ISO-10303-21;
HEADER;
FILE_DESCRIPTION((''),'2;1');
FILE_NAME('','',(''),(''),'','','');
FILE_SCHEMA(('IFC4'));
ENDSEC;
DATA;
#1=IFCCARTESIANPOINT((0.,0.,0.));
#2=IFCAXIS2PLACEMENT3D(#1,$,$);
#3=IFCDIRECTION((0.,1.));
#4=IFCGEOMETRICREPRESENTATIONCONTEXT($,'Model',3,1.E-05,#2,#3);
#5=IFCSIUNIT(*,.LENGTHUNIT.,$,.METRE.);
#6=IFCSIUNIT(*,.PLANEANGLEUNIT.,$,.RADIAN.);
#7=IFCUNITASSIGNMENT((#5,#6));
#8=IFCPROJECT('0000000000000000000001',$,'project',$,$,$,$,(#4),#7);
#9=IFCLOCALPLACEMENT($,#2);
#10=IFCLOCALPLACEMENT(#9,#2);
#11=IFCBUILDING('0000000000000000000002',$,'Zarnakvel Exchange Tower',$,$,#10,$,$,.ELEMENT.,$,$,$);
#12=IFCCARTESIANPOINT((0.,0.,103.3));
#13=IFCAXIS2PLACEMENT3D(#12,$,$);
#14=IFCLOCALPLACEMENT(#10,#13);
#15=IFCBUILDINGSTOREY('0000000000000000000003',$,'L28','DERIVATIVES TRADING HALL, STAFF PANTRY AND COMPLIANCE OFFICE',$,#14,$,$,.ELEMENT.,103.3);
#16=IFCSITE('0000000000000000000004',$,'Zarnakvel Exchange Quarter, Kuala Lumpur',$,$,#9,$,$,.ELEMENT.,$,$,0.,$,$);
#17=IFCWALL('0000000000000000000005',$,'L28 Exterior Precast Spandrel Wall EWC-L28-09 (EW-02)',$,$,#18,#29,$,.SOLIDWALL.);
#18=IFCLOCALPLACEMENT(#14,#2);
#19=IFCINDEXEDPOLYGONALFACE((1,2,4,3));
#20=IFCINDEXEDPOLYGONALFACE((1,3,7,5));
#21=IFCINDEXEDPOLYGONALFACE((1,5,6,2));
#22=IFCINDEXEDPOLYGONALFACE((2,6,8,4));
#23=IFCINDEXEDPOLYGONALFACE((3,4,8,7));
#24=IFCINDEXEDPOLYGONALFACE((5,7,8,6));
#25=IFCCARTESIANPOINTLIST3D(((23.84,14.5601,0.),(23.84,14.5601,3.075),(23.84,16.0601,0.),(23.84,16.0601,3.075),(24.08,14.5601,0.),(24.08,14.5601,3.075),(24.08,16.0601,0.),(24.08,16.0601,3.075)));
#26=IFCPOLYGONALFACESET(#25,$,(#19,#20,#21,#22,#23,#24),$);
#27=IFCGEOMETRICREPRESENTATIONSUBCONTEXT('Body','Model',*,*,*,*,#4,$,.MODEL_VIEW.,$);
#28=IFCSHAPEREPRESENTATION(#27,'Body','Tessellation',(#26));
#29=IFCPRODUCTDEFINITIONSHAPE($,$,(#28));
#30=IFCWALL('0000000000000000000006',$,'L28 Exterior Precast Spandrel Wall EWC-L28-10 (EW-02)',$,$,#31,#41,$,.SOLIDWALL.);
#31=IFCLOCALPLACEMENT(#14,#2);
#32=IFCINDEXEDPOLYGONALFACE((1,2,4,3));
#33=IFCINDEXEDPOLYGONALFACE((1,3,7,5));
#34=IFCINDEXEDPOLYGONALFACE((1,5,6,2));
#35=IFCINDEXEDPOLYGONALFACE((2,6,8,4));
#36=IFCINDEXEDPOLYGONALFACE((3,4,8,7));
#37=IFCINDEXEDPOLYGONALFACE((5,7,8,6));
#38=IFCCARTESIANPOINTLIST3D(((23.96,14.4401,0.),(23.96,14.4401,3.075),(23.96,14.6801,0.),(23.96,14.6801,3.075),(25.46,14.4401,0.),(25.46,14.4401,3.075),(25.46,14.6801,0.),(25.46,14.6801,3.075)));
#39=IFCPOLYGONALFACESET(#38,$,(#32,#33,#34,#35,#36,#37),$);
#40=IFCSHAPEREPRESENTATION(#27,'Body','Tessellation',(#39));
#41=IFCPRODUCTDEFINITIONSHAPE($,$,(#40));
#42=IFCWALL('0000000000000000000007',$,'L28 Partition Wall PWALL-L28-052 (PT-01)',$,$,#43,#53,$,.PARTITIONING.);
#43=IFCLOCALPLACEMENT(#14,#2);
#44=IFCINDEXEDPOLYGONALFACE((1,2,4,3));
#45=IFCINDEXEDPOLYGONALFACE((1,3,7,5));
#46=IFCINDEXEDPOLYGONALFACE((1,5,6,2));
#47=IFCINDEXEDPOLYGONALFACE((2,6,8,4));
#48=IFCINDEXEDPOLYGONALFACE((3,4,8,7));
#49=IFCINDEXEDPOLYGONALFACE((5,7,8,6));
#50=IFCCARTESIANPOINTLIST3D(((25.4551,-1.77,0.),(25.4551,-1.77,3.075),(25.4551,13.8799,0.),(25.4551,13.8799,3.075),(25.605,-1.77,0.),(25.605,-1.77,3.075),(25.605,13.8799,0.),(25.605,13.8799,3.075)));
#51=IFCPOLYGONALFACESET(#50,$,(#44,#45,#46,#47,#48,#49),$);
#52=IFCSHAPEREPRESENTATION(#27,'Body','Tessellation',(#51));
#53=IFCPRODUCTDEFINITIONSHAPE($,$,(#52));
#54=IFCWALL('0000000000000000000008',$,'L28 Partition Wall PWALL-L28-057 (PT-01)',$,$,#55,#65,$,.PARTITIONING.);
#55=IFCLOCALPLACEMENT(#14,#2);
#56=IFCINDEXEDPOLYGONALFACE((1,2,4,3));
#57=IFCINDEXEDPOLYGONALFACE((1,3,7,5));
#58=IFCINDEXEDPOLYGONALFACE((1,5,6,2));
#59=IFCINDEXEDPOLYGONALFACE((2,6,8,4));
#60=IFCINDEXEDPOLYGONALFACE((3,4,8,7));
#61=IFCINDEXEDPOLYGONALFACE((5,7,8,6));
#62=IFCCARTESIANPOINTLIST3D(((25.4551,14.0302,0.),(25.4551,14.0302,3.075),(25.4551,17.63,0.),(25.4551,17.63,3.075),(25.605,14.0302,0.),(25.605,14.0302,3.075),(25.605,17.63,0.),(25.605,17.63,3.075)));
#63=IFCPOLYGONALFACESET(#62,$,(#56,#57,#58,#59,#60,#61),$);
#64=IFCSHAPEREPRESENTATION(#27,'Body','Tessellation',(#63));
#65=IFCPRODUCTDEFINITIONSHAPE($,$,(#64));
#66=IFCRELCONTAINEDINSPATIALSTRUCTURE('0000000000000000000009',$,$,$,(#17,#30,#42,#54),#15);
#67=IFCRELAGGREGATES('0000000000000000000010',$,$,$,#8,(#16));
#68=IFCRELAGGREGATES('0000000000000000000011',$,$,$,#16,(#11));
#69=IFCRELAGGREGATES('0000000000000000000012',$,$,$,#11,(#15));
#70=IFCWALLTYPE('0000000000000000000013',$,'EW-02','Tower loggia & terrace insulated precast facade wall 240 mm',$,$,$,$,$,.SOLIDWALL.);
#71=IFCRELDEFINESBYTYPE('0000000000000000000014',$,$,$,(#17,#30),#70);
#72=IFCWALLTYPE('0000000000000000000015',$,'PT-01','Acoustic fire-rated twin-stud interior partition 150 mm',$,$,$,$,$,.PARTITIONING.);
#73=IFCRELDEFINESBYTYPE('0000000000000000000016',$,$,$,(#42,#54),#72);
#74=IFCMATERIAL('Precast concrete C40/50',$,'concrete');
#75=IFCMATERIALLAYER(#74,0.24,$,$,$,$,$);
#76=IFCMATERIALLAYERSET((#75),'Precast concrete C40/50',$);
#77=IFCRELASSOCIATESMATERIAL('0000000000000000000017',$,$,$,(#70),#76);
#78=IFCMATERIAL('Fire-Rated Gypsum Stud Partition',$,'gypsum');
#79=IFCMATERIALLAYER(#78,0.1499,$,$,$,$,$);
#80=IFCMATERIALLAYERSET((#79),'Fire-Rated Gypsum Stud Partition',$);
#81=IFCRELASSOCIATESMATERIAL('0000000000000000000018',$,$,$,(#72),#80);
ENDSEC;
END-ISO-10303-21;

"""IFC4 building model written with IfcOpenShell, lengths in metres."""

from ifc_helpers import new_model, si_unit, direction, frame, frame_2d, origin, place, context, subcontext, project, spatial, rectangle, extrude, material, layer, layer_set, type_object, element, save


model = new_model("IFC4")

# Units and contexts
model_context = context("Model", 3, precision=1e-05, world=origin(), true_north=direction((0.0, 1.0)))
body_context = subcontext(model_context, "Body", "Model", "MODEL_VIEW")
ifc_project = project(units=[si_unit("LENGTHUNIT", "METRE"), si_unit("PLANEANGLEUNIT", "RADIAN")], contexts=[model_context])

# Site, building, storey
site_placement = place(None, origin())
site = spatial("IfcSite", under=ifc_project, at=site_placement, Name="Zarnakvel Exchange Quarter, Kuala Lumpur", CompositionType="ELEMENT", RefElevation=0.0)
building_placement = place(site_placement, origin())
building = spatial("IfcBuilding", under=site, at=building_placement, Name="Zarnakvel Exchange Tower", CompositionType="ELEMENT")
storey_placement = place(building_placement, frame((0.0, 0.0, 103.3)))
storey = spatial("IfcBuildingStorey", under=building, at=storey_placement, Name="L28", Description="DERIVATIVES TRADING HALL, STAFF PANTRY AND COMPLIANCE OFFICE", CompositionType="ELEMENT", Elevation=103.3)

# Walls
ifc_material_1 = material(Name="Precast concrete C40/50", Category="concrete")
ifc_layer_1 = layer(ifc_material_1, 0.24)
ifc_layer_set_1 = layer_set([ifc_layer_1], Name="Precast concrete C40/50")
wall_type_1 = type_object("IfcWallType", Name="EW-02", Description="Tower loggia & terrace insulated precast facade wall 240 mm", PredefinedType="SOLIDWALL", material=ifc_layer_set_1)
for number, where, z_axis, x_axis, name in (
    (1, (23.96, 14.5601, 0.0), (0.0, 0.0, 1.0), (0.0, 1.0, 0.0), "L28 Exterior Precast Spandrel Wall EWC-L28-09 (EW-02)"),
    (2, (25.46, 14.5601, 0.0), (0.0, 0.0, 1.0), (-1.0, 0.0, 0.0), "L28 Exterior Precast Spandrel Wall EWC-L28-10 (EW-02)"),
):
    element("IfcWall", number, at=place(storey_placement, frame(where, z_axis=z_axis, x_axis=x_axis)), inside=storey, type_object=wall_type_1, Name=name, PredefinedType="SOLIDWALL", context=body_context, shape_type="SweptSolid", body=[
        extrude(rectangle(XDim=1.5, YDim=0.24, at=frame_2d((0.75, 0.0))), origin(), (0.0, 0.0, 1.0), 3.075),
    ])

# Shared definitions
ifc_material_2 = material(Name="Fire-Rated Gypsum Stud Partition", Category="gypsum")
ifc_layer_2 = layer(ifc_material_2, 0.1499)
ifc_layer_set_2 = layer_set([ifc_layer_2], Name="Fire-Rated Gypsum Stud Partition")
wall_type_2 = type_object("IfcWallType", Name="PT-01", Description="Acoustic fire-rated twin-stud interior partition 150 mm", PredefinedType="PARTITIONING", material=ifc_layer_set_2)

# Walls
wall_1_placement = place(storey_placement, frame((25.53, 13.8799, 0.0), z_axis=(0.0, 0.0, 1.0), x_axis=(0.0, -1.0, 0.0)))
element("IfcWall", 3, at=wall_1_placement, inside=storey, type_object=wall_type_2, Name="L28 Partition Wall PWALL-L28-052 (PT-01)", PredefinedType="PARTITIONING", context=body_context, shape_type="SweptSolid", body=[
    extrude(rectangle(XDim=15.6499, YDim=0.1499, at=frame_2d((7.825, 0.0))), origin(), (0.0, 0.0, 1.0), 3.075),
])
wall_2_placement = place(storey_placement, frame((25.53, 17.6299, 0.0), z_axis=(0.0, 0.0, 1.0), x_axis=(0.0, -1.0, 0.0)))
element("IfcWall", 4, at=wall_2_placement, inside=storey, type_object=wall_type_2, Name="L28 Partition Wall PWALL-L28-057 (PT-01)", PredefinedType="PARTITIONING", context=body_context, shape_type="SweptSolid", body=[
    extrude(rectangle(XDim=3.5999, YDim=0.1499, at=frame_2d((1.7998, 0.0))), origin(), (0.0, 0.0, 1.0), 3.075),
])

save(model, "model.ifc")
